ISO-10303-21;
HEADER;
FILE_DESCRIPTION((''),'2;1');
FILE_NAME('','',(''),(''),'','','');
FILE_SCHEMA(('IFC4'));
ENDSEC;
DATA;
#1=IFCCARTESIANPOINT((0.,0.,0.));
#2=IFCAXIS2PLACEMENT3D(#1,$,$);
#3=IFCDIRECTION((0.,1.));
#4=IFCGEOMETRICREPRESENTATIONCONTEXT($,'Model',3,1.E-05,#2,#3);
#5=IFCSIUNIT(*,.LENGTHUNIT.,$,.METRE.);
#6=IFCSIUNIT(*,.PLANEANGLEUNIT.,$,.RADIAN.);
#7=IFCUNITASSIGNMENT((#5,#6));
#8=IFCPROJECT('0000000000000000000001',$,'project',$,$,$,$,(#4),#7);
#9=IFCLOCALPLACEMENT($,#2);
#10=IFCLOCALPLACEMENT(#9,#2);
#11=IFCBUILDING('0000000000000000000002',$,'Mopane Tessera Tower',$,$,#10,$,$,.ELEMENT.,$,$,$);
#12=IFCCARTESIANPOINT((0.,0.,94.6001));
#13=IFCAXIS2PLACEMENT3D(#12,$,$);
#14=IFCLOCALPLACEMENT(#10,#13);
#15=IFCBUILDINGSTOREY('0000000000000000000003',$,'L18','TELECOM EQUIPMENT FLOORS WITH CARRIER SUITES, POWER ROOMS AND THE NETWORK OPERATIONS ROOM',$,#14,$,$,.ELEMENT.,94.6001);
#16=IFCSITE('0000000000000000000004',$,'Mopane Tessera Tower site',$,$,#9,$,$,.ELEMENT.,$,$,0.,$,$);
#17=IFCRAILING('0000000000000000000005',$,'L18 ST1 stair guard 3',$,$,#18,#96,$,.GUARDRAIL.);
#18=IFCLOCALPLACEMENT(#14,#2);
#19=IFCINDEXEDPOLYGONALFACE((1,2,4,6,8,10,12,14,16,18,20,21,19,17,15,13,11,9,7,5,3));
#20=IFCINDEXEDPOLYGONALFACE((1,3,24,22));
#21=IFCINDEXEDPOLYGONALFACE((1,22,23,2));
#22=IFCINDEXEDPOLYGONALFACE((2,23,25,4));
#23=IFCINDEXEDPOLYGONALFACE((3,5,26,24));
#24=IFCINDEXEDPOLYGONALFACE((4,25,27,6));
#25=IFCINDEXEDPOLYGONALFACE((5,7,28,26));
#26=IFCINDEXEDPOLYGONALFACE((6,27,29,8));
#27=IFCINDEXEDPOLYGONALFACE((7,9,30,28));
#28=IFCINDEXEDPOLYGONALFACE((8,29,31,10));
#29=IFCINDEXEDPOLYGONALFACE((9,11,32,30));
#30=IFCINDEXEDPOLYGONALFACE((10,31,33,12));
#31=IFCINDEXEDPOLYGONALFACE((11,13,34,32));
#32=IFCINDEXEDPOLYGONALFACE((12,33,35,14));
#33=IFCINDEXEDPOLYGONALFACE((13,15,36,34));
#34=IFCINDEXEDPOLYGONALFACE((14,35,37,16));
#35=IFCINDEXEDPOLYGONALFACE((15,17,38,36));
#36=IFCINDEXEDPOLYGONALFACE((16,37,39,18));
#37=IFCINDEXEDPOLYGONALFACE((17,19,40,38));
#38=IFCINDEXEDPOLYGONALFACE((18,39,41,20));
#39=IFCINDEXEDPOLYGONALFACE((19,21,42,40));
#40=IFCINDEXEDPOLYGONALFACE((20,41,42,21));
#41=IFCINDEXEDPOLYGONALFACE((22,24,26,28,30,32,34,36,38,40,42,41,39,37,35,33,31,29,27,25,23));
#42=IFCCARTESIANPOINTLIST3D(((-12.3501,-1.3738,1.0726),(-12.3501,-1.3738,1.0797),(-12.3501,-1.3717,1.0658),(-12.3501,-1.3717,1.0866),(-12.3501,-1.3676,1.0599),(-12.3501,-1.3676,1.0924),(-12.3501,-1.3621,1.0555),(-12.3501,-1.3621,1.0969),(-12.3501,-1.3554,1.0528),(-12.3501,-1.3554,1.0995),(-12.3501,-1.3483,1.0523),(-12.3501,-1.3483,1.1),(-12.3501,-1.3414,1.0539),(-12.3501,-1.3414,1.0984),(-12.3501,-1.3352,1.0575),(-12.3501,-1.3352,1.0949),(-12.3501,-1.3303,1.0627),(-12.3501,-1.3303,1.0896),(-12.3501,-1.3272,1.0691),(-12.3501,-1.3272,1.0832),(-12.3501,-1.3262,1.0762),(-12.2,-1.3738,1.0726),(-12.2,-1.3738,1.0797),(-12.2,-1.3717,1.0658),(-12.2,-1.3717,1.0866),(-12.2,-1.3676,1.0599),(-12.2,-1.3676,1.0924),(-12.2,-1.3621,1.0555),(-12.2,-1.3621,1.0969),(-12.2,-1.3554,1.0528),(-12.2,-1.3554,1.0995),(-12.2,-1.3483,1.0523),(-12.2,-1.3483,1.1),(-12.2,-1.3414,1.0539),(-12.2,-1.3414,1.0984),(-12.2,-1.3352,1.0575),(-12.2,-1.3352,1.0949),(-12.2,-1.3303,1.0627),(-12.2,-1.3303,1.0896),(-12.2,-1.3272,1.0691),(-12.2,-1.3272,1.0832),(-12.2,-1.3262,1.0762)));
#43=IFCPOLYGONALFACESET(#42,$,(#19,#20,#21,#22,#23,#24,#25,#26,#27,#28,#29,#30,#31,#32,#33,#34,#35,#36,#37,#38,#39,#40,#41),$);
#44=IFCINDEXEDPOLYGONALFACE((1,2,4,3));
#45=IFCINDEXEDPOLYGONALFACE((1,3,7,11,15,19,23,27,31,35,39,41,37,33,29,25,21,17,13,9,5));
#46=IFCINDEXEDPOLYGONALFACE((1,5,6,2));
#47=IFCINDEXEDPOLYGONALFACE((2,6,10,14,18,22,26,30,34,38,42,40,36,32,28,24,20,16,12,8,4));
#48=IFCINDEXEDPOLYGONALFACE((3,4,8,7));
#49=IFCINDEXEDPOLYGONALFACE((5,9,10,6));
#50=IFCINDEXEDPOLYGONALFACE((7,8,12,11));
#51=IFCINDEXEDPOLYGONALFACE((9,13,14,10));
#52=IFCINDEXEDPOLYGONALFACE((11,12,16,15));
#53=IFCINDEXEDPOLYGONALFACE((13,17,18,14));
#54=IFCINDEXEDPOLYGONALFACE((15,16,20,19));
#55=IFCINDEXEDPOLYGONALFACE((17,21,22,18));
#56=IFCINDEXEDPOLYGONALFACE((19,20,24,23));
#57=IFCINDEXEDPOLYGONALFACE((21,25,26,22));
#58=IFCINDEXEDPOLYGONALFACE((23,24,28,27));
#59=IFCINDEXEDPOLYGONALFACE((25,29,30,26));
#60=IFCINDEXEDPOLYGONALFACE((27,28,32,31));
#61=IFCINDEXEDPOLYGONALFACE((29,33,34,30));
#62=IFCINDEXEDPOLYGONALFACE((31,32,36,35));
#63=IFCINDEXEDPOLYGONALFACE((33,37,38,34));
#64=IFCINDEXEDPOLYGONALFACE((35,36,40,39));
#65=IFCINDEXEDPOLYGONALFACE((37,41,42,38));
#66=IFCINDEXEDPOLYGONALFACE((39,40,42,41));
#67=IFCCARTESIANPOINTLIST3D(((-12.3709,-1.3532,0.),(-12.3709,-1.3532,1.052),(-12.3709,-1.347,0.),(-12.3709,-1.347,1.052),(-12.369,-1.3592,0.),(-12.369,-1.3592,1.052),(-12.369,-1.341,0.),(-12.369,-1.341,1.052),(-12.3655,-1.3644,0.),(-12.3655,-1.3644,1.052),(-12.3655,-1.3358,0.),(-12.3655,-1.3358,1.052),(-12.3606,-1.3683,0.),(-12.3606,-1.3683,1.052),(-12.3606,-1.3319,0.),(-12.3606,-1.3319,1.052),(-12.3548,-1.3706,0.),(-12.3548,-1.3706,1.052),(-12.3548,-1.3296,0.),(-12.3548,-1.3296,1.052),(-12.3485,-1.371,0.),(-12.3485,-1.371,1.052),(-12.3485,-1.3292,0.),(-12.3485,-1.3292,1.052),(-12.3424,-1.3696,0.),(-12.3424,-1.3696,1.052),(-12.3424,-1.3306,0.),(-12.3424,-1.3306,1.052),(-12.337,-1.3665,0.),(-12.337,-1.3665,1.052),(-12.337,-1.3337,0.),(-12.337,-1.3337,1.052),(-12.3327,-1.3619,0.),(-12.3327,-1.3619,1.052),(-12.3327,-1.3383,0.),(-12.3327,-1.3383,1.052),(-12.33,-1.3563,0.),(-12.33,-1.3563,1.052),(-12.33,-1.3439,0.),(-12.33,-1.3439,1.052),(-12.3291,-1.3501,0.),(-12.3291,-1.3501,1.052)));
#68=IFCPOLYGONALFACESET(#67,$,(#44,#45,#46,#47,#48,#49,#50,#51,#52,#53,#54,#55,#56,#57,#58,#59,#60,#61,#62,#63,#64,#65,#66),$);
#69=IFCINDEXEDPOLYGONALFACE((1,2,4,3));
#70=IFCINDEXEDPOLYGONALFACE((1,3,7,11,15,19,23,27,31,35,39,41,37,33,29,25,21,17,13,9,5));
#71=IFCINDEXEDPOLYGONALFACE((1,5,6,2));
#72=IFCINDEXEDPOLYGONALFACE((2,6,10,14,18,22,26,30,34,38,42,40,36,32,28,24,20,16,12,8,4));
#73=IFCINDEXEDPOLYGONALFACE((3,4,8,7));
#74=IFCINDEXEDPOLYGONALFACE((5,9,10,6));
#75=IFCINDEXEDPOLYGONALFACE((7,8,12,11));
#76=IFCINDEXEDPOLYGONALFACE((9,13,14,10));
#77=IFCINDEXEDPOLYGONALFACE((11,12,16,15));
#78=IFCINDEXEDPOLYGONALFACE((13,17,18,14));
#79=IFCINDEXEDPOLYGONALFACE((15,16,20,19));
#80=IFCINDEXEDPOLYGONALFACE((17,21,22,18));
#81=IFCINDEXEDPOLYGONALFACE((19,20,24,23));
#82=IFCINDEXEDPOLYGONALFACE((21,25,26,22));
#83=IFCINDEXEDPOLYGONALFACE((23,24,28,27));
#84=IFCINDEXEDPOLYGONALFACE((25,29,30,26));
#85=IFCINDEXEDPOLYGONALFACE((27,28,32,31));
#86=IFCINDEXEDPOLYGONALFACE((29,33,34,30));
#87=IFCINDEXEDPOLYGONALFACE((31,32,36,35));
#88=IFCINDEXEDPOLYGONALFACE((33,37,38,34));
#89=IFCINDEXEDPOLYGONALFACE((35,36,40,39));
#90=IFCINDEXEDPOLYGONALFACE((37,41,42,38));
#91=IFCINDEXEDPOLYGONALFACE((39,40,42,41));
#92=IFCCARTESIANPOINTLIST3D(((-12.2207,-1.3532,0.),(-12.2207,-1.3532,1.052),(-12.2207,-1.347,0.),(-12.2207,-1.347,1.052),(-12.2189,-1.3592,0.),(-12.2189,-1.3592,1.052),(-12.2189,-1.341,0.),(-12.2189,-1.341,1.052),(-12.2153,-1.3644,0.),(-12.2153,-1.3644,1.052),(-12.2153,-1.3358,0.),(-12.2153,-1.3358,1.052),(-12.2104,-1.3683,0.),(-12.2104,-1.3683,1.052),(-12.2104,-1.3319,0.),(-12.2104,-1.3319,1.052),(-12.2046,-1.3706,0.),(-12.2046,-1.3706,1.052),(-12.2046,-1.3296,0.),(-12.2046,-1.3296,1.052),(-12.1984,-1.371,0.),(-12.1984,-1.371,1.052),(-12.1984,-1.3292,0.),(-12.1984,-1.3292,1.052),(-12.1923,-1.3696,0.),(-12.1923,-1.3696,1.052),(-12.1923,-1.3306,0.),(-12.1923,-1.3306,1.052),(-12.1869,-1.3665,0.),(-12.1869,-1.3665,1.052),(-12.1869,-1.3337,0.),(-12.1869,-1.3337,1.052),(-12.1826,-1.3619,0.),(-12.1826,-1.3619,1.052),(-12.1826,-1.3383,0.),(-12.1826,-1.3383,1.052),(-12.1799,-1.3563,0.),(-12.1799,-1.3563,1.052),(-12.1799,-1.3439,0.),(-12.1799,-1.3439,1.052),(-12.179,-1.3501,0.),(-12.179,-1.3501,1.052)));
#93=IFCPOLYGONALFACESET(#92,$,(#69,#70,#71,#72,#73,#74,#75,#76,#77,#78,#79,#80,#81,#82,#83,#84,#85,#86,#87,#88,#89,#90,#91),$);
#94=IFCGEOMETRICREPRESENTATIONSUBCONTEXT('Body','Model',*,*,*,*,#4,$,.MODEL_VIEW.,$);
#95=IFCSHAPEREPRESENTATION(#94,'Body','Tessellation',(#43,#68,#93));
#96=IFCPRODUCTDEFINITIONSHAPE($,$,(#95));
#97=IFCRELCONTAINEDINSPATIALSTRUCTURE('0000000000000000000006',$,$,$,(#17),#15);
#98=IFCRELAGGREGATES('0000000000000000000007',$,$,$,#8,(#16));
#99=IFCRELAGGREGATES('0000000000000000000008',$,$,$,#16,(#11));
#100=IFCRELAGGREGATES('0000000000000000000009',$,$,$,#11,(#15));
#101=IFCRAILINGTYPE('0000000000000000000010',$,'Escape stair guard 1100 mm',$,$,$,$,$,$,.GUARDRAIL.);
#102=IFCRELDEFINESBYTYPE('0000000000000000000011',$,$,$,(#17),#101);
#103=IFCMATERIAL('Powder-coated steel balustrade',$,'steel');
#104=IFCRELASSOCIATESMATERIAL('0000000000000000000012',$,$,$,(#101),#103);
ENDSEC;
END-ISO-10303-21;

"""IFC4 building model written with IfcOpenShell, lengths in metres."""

from ifc_helpers import new_model, si_unit, direction, frame, origin, origin_2d, place, context, subcontext, project, spatial, circle, extrude, material, type_object, element, save


model = new_model("IFC4")

# Units and contexts
model_context = context("Model", 3, precision=1e-05, world=origin(), true_north=direction((0.0, 1.0)))
body_context = subcontext(model_context, "Body", "Model", "MODEL_VIEW")
ifc_project = project(units=[si_unit("LENGTHUNIT", "METRE"), si_unit("PLANEANGLEUNIT", "RADIAN")], contexts=[model_context])

# Site, building, storey
site_placement = place(None, origin())
site = spatial("IfcSite", under=ifc_project, at=site_placement, Name="Mopane Tessera Tower site", CompositionType="ELEMENT", RefElevation=0.0)
building_placement = place(site_placement, origin())
building = spatial("IfcBuilding", under=site, at=building_placement, Name="Mopane Tessera Tower", CompositionType="ELEMENT")
storey_placement = place(building_placement, frame((0.0, 0.0, 94.6001)))
storey = spatial("IfcBuildingStorey", under=building, at=storey_placement, Name="L18", Description="TELECOM EQUIPMENT FLOORS WITH CARRIER SUITES, POWER ROOMS AND THE NETWORK OPERATIONS ROOM", CompositionType="ELEMENT", Elevation=94.6001)

# Railing
ifc_material_1 = material(Name="Powder-coated steel balustrade", Category="steel")
railing_type_1 = type_object("IfcRailingType", Name="Escape stair guard 1100 mm", PredefinedType="GUARDRAIL", material=ifc_material_1)
railing_1_placement = place(storey_placement, frame((-12.3501, -1.3501, 0.0)))
element("IfcRailing", 1, at=railing_1_placement, inside=storey, type_object=railing_type_1, Name="L18 ST1 stair guard 3", PredefinedType="GUARDRAIL", context=body_context, shape_type="SweptSolid", body=[
    extrude(circle(Radius=0.0239, at=origin_2d()), frame((0.0, 0.0, 1.0762), z_axis=(1.0, 0.0, 0.0), x_axis=(0.0, 1.0, 0.0)), (0.0, 0.0, 1.0), 0.1501),
    extrude(circle(Radius=0.021, at=origin_2d()), origin(), (0.0, 0.0, 1.0), 1.052),
    extrude(circle(Radius=0.021, at=origin_2d()), frame((0.1501, 0.0, 0.0)), (0.0, 0.0, 1.0), 1.052),
])

save(model, "model.ifc")
